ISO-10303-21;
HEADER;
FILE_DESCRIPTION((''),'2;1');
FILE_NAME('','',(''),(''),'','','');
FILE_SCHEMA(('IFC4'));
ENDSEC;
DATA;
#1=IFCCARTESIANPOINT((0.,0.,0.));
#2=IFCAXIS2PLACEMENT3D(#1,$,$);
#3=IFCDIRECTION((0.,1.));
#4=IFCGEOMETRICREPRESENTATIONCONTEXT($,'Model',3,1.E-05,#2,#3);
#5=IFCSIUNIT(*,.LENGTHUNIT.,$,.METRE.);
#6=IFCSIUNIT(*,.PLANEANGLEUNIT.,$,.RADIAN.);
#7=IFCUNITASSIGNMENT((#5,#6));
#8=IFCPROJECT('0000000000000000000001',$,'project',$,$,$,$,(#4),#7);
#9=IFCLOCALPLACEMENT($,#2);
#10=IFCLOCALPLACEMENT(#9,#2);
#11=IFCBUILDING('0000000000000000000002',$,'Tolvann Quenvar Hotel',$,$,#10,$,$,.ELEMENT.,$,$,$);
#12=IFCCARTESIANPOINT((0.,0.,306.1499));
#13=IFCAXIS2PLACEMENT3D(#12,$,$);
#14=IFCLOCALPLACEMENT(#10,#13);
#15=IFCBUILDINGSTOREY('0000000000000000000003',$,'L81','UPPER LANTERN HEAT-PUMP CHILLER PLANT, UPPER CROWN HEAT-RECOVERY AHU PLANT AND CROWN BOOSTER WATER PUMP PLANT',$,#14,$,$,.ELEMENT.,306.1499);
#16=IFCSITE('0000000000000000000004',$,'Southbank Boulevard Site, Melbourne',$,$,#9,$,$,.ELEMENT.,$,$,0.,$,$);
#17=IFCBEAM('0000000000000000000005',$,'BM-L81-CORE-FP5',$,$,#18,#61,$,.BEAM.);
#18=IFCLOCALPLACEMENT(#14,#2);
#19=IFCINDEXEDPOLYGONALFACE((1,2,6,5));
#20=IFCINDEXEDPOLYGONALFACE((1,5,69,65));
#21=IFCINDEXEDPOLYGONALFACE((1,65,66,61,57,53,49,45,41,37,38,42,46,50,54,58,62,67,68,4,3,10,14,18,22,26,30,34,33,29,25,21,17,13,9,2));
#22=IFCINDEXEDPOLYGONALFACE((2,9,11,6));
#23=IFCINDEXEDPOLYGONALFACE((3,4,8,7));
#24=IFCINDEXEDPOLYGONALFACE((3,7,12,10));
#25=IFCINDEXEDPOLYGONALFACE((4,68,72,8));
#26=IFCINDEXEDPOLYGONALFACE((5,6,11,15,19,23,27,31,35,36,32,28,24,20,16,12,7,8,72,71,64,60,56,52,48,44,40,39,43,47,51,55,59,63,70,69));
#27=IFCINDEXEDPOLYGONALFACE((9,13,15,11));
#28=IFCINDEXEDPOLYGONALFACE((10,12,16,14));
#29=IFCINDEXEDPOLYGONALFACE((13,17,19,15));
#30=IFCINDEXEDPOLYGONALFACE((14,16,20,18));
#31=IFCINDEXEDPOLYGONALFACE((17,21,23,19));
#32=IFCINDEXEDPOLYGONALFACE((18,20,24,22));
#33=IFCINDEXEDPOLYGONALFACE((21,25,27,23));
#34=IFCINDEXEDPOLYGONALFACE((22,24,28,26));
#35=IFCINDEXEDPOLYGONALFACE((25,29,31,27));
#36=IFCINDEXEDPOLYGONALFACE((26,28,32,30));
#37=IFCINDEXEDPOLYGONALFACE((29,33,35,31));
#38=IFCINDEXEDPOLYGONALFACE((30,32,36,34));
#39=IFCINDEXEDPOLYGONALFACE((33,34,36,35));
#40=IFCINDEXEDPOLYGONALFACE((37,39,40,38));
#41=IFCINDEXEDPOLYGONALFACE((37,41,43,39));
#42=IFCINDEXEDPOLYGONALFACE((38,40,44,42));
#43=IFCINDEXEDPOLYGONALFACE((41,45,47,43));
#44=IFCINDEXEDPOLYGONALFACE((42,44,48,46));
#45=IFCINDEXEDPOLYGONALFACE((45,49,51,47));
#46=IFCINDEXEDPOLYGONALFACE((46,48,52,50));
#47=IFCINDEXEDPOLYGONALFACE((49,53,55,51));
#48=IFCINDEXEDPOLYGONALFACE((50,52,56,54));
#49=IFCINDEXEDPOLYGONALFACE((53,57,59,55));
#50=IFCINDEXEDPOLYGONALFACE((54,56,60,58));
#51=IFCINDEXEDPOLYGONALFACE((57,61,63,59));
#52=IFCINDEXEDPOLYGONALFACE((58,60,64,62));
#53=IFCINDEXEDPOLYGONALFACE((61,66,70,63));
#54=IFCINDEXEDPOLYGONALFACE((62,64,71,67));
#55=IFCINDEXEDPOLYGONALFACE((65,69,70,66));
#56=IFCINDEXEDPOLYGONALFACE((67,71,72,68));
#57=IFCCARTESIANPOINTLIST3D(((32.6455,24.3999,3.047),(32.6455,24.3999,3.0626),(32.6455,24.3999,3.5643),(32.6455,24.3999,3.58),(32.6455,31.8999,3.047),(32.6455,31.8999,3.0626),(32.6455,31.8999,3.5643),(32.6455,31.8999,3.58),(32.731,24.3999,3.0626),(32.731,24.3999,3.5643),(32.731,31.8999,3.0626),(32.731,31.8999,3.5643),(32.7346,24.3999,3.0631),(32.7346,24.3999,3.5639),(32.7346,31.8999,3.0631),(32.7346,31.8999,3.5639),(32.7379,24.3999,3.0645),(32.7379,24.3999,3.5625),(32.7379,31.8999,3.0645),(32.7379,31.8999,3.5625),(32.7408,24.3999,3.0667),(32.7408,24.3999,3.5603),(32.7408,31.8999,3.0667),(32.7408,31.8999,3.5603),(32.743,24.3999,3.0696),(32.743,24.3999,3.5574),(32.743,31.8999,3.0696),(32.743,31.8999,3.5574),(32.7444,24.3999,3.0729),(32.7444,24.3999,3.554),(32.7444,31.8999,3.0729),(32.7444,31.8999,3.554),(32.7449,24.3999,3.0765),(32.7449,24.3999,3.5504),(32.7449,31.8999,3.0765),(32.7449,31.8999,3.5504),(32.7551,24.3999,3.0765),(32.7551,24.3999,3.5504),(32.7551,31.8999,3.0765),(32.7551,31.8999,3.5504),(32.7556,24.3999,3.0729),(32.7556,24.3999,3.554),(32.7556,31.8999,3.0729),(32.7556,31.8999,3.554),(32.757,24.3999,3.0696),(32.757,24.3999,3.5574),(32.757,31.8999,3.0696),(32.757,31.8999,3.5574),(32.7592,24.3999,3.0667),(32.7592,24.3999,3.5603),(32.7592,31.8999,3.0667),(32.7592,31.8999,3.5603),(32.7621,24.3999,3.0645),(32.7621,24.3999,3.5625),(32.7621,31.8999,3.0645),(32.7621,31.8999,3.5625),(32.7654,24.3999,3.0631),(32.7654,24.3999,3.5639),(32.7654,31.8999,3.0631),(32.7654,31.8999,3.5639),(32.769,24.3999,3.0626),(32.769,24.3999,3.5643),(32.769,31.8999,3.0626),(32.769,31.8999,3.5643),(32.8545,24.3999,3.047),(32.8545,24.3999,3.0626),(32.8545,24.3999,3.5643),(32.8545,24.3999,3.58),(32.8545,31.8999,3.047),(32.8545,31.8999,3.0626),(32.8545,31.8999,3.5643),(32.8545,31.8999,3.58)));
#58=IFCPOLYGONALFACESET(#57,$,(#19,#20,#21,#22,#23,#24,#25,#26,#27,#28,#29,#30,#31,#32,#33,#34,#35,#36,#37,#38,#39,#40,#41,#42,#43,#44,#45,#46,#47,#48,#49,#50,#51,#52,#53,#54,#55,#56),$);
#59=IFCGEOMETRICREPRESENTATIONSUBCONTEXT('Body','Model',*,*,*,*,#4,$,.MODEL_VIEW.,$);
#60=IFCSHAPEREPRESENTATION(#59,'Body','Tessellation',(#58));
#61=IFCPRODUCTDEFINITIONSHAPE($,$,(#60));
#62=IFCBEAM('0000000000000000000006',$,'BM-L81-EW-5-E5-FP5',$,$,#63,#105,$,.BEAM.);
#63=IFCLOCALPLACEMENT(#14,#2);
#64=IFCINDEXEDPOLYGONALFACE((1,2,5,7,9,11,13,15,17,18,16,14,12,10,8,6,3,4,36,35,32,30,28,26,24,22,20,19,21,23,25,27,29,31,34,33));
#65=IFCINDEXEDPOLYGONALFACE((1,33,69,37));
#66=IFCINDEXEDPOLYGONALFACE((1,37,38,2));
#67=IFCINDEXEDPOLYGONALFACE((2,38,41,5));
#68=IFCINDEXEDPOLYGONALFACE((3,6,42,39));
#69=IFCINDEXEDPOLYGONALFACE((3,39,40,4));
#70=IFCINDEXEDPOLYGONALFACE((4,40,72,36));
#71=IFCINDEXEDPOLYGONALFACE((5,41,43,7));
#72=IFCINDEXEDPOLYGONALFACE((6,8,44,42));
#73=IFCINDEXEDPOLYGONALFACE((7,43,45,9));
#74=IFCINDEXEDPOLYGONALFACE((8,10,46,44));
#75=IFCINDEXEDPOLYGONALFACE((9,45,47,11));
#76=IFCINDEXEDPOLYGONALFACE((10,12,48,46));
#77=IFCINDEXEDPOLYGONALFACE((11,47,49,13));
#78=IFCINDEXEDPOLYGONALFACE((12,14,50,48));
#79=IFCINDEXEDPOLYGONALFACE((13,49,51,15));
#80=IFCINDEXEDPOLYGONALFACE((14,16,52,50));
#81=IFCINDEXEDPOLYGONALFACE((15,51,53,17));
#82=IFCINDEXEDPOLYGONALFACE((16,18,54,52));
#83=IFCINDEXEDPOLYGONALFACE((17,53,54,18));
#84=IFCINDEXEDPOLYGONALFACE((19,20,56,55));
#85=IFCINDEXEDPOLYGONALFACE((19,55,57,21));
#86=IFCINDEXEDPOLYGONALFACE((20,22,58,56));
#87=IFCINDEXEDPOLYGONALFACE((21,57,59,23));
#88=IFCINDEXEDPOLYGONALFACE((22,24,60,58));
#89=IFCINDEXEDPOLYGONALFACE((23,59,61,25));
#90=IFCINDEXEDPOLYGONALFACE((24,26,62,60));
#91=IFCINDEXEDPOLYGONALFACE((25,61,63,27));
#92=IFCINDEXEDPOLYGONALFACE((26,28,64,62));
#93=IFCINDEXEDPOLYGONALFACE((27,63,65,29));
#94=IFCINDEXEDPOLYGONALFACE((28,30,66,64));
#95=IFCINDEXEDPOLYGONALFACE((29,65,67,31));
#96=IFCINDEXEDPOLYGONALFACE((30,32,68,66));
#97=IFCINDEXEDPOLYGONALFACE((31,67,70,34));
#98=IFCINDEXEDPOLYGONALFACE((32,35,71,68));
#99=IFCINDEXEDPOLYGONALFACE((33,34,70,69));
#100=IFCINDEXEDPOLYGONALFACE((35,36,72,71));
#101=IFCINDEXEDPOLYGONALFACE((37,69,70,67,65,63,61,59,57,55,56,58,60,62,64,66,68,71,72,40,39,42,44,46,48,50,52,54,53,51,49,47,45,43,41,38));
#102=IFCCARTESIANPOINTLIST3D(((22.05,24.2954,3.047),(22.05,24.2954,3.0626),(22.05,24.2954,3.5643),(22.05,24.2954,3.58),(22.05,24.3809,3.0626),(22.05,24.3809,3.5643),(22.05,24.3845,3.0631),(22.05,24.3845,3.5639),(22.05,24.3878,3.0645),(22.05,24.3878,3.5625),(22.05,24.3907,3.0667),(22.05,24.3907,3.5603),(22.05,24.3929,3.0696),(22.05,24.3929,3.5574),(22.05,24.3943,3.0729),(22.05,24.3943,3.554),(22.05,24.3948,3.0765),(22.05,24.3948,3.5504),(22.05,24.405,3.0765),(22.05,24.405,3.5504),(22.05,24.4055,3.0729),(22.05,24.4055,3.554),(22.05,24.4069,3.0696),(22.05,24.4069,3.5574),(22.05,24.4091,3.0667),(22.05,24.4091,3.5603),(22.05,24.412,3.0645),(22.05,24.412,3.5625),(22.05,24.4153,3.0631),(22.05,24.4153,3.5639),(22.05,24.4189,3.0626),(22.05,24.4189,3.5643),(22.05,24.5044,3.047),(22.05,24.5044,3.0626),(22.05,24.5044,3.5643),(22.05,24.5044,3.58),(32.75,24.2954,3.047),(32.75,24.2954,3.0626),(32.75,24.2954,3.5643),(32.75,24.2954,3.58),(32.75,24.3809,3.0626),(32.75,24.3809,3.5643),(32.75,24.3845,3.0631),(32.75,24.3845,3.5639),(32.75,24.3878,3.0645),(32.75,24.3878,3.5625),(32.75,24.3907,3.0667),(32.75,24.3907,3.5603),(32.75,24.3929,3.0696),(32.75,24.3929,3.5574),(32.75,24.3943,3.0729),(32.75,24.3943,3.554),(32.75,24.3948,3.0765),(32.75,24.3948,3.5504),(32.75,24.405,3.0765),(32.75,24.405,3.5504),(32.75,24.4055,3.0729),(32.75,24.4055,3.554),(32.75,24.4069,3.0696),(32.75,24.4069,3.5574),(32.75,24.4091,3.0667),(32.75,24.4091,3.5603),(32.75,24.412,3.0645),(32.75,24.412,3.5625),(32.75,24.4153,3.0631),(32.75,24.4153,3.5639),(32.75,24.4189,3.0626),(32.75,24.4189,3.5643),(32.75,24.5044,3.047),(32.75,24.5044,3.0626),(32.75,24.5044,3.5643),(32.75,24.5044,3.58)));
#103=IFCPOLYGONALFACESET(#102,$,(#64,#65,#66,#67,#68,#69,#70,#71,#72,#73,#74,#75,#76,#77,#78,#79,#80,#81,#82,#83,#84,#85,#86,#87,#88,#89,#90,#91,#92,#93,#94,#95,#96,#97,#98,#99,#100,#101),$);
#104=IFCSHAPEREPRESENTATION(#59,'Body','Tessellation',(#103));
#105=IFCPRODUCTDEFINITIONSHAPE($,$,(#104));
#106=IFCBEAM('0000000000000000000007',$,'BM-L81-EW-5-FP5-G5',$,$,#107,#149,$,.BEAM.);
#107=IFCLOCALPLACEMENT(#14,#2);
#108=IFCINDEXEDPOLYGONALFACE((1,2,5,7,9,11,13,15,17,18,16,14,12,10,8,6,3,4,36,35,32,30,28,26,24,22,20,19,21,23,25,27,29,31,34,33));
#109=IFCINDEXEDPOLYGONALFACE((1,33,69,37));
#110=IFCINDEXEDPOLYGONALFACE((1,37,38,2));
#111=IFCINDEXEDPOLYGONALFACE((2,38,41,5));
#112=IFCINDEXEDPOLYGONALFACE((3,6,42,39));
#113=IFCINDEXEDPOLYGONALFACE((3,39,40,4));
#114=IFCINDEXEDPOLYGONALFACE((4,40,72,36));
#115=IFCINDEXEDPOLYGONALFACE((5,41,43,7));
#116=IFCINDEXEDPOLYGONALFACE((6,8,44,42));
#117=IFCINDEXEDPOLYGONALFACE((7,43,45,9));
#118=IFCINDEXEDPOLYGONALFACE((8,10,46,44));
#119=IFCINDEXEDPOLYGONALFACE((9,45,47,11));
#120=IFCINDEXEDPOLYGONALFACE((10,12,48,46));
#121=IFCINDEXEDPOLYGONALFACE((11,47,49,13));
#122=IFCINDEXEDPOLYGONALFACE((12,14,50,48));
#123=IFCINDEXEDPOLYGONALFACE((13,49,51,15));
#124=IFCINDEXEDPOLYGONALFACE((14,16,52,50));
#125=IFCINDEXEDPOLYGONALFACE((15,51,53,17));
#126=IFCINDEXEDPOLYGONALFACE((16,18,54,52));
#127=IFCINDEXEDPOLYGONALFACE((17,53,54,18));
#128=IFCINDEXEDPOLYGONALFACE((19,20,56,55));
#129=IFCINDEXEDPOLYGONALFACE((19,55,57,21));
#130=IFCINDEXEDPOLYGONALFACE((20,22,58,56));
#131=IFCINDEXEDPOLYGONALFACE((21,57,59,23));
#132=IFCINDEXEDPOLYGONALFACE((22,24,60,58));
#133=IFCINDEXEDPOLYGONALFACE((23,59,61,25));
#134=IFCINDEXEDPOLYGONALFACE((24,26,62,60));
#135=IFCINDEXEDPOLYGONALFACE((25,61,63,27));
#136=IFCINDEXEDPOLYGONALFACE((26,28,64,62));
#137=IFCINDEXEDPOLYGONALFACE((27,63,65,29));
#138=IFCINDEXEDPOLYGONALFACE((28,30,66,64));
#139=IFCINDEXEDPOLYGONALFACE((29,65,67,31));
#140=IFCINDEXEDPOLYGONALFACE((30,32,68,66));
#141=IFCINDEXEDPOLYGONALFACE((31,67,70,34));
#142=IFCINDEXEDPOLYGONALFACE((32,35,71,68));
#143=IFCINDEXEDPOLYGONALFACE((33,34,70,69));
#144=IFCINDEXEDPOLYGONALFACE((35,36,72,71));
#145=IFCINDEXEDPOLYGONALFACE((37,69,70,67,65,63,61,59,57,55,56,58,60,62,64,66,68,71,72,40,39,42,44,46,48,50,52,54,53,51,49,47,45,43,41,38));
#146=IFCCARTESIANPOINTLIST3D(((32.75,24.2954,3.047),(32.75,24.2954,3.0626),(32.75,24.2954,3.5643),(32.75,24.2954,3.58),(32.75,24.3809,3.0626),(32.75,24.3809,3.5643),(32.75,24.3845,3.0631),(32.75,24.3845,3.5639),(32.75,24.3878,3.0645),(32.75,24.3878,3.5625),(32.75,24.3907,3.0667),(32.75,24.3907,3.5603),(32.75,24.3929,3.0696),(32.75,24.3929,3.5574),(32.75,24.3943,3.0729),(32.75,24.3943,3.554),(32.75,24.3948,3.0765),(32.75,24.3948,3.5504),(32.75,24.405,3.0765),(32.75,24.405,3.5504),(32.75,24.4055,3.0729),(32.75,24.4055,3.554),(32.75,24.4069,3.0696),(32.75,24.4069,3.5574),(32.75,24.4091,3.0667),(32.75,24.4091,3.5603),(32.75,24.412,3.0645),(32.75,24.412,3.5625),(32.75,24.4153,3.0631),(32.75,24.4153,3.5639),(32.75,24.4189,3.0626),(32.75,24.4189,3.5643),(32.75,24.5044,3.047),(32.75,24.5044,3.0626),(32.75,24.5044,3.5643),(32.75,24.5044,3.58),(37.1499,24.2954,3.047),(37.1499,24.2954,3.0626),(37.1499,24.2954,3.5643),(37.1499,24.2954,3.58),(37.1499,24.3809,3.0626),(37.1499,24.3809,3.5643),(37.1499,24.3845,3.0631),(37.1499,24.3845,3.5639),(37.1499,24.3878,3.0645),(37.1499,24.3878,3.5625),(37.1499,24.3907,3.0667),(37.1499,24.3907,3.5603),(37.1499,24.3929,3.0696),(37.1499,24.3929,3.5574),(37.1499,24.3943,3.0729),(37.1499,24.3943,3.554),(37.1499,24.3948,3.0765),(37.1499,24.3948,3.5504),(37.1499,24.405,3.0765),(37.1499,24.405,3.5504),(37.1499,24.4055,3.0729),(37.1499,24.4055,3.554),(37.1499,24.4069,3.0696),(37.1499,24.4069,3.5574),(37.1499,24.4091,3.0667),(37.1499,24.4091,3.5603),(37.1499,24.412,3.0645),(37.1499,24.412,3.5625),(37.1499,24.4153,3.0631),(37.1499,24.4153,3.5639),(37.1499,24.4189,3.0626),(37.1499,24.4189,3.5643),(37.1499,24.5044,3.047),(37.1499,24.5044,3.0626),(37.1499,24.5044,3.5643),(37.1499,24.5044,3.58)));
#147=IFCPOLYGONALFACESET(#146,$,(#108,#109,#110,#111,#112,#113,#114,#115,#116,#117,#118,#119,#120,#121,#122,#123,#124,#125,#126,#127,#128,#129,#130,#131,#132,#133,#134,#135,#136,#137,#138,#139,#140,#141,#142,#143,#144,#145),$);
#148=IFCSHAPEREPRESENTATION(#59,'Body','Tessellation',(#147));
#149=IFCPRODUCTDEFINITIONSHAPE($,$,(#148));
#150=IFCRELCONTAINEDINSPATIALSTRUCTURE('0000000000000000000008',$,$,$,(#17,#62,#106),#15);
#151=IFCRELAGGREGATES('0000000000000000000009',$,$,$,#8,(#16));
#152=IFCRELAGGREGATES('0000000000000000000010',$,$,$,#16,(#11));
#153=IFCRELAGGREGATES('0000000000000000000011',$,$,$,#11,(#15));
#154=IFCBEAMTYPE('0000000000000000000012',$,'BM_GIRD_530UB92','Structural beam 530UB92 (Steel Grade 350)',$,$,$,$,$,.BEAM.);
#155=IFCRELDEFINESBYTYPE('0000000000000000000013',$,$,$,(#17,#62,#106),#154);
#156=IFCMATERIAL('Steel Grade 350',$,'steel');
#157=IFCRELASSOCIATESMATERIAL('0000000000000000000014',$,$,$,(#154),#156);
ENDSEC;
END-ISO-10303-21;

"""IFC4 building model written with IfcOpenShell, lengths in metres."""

from ifc_helpers import new_model, si_unit, direction, frame, origin, origin_2d, place, context, subcontext, project, spatial, i_section, extrude, source, transform, mapped, material, material_profile, profile_set, type_object, type_shapes, element, save


model = new_model("IFC4")

# Units and contexts
model_context = context("Model", 3, precision=1e-05, world=origin(), true_north=direction((0.0, 1.0)))
body_context = subcontext(model_context, "Body", "Model", "MODEL_VIEW")
ifc_project = project(units=[si_unit("LENGTHUNIT", "METRE"), si_unit("PLANEANGLEUNIT", "RADIAN")], contexts=[model_context])

# Site, building, storey
site_placement = place(None, origin())
site = spatial("IfcSite", under=ifc_project, at=site_placement, Name="Southbank Boulevard Site, Melbourne", CompositionType="ELEMENT", RefElevation=0.0)
building_placement = place(site_placement, origin())
building = spatial("IfcBuilding", under=site, at=building_placement, Name="Tolvann Quenvar Hotel", CompositionType="ELEMENT")
storey_placement = place(building_placement, frame((0.0, 0.0, 306.1499)))
storey = spatial("IfcBuildingStorey", under=building, at=storey_placement, Name="L81", Description="UPPER LANTERN HEAT-PUMP CHILLER PLANT, UPPER CROWN HEAT-RECOVERY AHU PLANT AND CROWN BOOSTER WATER PUMP PLANT", CompositionType="ELEMENT", Elevation=306.1499)

# Shared definitions
ifc_material_1 = material(Name="Steel Grade 350", Category="steel")

# Beams
ifc_material_profile_1 = material_profile(ifc_material_1, i_section(OverallWidth=0.209, OverallDepth=0.533, WebThickness=0.0103, FlangeThickness=0.0156, FilletRadius=0.0139, at=origin_2d()), Name="530UB92")
ifc_profile_set_1 = profile_set([ifc_material_profile_1], Name="Steel Grade 350")
beam_type_1 = type_object("IfcBeamType", Name="BM_GIRD_530UB92", Description="Structural beam 530UB92 (Steel Grade 350)", PredefinedType="BEAM", material=ifc_profile_set_1)
shared_shape_1 = source(origin(), body_context, "Body", "SweptSolid", [
    extrude(i_section(OverallWidth=0.209, OverallDepth=0.533, WebThickness=0.0103, FlangeThickness=0.0156, FilletRadius=0.0139, at=origin_2d()), origin(), (0.0, 0.0, 1.0), 7.5),
])
for number, where, z_axis, x_axis, name in (
    (1, (32.75, 24.3999, 3.3135), (0.0, 1.0, 0.0), (-1.0, 0.0, 0.0), "BM-L81-CORE-FP5"),
):
    element("IfcBeam", number, at=place(storey_placement, frame(where, z_axis=z_axis, x_axis=x_axis)), inside=storey, type_object=beam_type_1, Name=name, PredefinedType="BEAM", context=body_context, shape_type="MappedRepresentation", body=[
        mapped(shared_shape_1, transform((0.0, 0.0, 0.0), x_axis=(1.0, 0.0, 0.0), y_axis=(0.0, 1.0, 0.0), z_axis=(0.0, 0.0, 1.0), scale=1.0)),
    ])
shared_shape_2 = source(origin(), body_context, "Body", "SweptSolid", [
    extrude(i_section(OverallWidth=0.209, OverallDepth=0.533, WebThickness=0.0103, FlangeThickness=0.0156, FilletRadius=0.0139, at=origin_2d()), origin(), (0.0, 0.0, 1.0), 10.7),
])
beam_1_placement = place(storey_placement, frame((22.05, 24.3999, 3.3135), z_axis=(1.0, 0.0, 0.0), x_axis=(0.0, 1.0, 0.0)))
element("IfcBeam", 2, at=beam_1_placement, inside=storey, type_object=beam_type_1, Name="BM-L81-EW-5-E5-FP5", PredefinedType="BEAM", context=body_context, shape_type="MappedRepresentation", body=[
    mapped(shared_shape_2, transform((0.0, 0.0, 0.0), x_axis=(1.0, 0.0, 0.0), y_axis=(0.0, 1.0, 0.0), z_axis=(0.0, 0.0, 1.0), scale=1.0)),
])
shared_shape_3 = source(origin(), body_context, "Body", "SweptSolid", [
    extrude(i_section(OverallWidth=0.209, OverallDepth=0.533, WebThickness=0.0103, FlangeThickness=0.0156, FilletRadius=0.0139, at=origin_2d()), origin(), (0.0, 0.0, 1.0), 4.3999),
])
type_shapes(beam_type_1, [shared_shape_1, shared_shape_2, shared_shape_3])
beam_2_placement = place(storey_placement, frame((32.75, 24.3999, 3.3135), z_axis=(1.0, 0.0, 0.0), x_axis=(0.0, 1.0, 0.0)))
element("IfcBeam", 3, at=beam_2_placement, inside=storey, type_object=beam_type_1, Name="BM-L81-EW-5-FP5-G5", PredefinedType="BEAM", context=body_context, shape_type="MappedRepresentation", body=[
    mapped(shared_shape_3, transform((0.0, 0.0, 0.0), x_axis=(1.0, 0.0, 0.0), y_axis=(0.0, 1.0, 0.0), z_axis=(0.0, 0.0, 1.0), scale=1.0)),
])

save(model, "model.ifc")
